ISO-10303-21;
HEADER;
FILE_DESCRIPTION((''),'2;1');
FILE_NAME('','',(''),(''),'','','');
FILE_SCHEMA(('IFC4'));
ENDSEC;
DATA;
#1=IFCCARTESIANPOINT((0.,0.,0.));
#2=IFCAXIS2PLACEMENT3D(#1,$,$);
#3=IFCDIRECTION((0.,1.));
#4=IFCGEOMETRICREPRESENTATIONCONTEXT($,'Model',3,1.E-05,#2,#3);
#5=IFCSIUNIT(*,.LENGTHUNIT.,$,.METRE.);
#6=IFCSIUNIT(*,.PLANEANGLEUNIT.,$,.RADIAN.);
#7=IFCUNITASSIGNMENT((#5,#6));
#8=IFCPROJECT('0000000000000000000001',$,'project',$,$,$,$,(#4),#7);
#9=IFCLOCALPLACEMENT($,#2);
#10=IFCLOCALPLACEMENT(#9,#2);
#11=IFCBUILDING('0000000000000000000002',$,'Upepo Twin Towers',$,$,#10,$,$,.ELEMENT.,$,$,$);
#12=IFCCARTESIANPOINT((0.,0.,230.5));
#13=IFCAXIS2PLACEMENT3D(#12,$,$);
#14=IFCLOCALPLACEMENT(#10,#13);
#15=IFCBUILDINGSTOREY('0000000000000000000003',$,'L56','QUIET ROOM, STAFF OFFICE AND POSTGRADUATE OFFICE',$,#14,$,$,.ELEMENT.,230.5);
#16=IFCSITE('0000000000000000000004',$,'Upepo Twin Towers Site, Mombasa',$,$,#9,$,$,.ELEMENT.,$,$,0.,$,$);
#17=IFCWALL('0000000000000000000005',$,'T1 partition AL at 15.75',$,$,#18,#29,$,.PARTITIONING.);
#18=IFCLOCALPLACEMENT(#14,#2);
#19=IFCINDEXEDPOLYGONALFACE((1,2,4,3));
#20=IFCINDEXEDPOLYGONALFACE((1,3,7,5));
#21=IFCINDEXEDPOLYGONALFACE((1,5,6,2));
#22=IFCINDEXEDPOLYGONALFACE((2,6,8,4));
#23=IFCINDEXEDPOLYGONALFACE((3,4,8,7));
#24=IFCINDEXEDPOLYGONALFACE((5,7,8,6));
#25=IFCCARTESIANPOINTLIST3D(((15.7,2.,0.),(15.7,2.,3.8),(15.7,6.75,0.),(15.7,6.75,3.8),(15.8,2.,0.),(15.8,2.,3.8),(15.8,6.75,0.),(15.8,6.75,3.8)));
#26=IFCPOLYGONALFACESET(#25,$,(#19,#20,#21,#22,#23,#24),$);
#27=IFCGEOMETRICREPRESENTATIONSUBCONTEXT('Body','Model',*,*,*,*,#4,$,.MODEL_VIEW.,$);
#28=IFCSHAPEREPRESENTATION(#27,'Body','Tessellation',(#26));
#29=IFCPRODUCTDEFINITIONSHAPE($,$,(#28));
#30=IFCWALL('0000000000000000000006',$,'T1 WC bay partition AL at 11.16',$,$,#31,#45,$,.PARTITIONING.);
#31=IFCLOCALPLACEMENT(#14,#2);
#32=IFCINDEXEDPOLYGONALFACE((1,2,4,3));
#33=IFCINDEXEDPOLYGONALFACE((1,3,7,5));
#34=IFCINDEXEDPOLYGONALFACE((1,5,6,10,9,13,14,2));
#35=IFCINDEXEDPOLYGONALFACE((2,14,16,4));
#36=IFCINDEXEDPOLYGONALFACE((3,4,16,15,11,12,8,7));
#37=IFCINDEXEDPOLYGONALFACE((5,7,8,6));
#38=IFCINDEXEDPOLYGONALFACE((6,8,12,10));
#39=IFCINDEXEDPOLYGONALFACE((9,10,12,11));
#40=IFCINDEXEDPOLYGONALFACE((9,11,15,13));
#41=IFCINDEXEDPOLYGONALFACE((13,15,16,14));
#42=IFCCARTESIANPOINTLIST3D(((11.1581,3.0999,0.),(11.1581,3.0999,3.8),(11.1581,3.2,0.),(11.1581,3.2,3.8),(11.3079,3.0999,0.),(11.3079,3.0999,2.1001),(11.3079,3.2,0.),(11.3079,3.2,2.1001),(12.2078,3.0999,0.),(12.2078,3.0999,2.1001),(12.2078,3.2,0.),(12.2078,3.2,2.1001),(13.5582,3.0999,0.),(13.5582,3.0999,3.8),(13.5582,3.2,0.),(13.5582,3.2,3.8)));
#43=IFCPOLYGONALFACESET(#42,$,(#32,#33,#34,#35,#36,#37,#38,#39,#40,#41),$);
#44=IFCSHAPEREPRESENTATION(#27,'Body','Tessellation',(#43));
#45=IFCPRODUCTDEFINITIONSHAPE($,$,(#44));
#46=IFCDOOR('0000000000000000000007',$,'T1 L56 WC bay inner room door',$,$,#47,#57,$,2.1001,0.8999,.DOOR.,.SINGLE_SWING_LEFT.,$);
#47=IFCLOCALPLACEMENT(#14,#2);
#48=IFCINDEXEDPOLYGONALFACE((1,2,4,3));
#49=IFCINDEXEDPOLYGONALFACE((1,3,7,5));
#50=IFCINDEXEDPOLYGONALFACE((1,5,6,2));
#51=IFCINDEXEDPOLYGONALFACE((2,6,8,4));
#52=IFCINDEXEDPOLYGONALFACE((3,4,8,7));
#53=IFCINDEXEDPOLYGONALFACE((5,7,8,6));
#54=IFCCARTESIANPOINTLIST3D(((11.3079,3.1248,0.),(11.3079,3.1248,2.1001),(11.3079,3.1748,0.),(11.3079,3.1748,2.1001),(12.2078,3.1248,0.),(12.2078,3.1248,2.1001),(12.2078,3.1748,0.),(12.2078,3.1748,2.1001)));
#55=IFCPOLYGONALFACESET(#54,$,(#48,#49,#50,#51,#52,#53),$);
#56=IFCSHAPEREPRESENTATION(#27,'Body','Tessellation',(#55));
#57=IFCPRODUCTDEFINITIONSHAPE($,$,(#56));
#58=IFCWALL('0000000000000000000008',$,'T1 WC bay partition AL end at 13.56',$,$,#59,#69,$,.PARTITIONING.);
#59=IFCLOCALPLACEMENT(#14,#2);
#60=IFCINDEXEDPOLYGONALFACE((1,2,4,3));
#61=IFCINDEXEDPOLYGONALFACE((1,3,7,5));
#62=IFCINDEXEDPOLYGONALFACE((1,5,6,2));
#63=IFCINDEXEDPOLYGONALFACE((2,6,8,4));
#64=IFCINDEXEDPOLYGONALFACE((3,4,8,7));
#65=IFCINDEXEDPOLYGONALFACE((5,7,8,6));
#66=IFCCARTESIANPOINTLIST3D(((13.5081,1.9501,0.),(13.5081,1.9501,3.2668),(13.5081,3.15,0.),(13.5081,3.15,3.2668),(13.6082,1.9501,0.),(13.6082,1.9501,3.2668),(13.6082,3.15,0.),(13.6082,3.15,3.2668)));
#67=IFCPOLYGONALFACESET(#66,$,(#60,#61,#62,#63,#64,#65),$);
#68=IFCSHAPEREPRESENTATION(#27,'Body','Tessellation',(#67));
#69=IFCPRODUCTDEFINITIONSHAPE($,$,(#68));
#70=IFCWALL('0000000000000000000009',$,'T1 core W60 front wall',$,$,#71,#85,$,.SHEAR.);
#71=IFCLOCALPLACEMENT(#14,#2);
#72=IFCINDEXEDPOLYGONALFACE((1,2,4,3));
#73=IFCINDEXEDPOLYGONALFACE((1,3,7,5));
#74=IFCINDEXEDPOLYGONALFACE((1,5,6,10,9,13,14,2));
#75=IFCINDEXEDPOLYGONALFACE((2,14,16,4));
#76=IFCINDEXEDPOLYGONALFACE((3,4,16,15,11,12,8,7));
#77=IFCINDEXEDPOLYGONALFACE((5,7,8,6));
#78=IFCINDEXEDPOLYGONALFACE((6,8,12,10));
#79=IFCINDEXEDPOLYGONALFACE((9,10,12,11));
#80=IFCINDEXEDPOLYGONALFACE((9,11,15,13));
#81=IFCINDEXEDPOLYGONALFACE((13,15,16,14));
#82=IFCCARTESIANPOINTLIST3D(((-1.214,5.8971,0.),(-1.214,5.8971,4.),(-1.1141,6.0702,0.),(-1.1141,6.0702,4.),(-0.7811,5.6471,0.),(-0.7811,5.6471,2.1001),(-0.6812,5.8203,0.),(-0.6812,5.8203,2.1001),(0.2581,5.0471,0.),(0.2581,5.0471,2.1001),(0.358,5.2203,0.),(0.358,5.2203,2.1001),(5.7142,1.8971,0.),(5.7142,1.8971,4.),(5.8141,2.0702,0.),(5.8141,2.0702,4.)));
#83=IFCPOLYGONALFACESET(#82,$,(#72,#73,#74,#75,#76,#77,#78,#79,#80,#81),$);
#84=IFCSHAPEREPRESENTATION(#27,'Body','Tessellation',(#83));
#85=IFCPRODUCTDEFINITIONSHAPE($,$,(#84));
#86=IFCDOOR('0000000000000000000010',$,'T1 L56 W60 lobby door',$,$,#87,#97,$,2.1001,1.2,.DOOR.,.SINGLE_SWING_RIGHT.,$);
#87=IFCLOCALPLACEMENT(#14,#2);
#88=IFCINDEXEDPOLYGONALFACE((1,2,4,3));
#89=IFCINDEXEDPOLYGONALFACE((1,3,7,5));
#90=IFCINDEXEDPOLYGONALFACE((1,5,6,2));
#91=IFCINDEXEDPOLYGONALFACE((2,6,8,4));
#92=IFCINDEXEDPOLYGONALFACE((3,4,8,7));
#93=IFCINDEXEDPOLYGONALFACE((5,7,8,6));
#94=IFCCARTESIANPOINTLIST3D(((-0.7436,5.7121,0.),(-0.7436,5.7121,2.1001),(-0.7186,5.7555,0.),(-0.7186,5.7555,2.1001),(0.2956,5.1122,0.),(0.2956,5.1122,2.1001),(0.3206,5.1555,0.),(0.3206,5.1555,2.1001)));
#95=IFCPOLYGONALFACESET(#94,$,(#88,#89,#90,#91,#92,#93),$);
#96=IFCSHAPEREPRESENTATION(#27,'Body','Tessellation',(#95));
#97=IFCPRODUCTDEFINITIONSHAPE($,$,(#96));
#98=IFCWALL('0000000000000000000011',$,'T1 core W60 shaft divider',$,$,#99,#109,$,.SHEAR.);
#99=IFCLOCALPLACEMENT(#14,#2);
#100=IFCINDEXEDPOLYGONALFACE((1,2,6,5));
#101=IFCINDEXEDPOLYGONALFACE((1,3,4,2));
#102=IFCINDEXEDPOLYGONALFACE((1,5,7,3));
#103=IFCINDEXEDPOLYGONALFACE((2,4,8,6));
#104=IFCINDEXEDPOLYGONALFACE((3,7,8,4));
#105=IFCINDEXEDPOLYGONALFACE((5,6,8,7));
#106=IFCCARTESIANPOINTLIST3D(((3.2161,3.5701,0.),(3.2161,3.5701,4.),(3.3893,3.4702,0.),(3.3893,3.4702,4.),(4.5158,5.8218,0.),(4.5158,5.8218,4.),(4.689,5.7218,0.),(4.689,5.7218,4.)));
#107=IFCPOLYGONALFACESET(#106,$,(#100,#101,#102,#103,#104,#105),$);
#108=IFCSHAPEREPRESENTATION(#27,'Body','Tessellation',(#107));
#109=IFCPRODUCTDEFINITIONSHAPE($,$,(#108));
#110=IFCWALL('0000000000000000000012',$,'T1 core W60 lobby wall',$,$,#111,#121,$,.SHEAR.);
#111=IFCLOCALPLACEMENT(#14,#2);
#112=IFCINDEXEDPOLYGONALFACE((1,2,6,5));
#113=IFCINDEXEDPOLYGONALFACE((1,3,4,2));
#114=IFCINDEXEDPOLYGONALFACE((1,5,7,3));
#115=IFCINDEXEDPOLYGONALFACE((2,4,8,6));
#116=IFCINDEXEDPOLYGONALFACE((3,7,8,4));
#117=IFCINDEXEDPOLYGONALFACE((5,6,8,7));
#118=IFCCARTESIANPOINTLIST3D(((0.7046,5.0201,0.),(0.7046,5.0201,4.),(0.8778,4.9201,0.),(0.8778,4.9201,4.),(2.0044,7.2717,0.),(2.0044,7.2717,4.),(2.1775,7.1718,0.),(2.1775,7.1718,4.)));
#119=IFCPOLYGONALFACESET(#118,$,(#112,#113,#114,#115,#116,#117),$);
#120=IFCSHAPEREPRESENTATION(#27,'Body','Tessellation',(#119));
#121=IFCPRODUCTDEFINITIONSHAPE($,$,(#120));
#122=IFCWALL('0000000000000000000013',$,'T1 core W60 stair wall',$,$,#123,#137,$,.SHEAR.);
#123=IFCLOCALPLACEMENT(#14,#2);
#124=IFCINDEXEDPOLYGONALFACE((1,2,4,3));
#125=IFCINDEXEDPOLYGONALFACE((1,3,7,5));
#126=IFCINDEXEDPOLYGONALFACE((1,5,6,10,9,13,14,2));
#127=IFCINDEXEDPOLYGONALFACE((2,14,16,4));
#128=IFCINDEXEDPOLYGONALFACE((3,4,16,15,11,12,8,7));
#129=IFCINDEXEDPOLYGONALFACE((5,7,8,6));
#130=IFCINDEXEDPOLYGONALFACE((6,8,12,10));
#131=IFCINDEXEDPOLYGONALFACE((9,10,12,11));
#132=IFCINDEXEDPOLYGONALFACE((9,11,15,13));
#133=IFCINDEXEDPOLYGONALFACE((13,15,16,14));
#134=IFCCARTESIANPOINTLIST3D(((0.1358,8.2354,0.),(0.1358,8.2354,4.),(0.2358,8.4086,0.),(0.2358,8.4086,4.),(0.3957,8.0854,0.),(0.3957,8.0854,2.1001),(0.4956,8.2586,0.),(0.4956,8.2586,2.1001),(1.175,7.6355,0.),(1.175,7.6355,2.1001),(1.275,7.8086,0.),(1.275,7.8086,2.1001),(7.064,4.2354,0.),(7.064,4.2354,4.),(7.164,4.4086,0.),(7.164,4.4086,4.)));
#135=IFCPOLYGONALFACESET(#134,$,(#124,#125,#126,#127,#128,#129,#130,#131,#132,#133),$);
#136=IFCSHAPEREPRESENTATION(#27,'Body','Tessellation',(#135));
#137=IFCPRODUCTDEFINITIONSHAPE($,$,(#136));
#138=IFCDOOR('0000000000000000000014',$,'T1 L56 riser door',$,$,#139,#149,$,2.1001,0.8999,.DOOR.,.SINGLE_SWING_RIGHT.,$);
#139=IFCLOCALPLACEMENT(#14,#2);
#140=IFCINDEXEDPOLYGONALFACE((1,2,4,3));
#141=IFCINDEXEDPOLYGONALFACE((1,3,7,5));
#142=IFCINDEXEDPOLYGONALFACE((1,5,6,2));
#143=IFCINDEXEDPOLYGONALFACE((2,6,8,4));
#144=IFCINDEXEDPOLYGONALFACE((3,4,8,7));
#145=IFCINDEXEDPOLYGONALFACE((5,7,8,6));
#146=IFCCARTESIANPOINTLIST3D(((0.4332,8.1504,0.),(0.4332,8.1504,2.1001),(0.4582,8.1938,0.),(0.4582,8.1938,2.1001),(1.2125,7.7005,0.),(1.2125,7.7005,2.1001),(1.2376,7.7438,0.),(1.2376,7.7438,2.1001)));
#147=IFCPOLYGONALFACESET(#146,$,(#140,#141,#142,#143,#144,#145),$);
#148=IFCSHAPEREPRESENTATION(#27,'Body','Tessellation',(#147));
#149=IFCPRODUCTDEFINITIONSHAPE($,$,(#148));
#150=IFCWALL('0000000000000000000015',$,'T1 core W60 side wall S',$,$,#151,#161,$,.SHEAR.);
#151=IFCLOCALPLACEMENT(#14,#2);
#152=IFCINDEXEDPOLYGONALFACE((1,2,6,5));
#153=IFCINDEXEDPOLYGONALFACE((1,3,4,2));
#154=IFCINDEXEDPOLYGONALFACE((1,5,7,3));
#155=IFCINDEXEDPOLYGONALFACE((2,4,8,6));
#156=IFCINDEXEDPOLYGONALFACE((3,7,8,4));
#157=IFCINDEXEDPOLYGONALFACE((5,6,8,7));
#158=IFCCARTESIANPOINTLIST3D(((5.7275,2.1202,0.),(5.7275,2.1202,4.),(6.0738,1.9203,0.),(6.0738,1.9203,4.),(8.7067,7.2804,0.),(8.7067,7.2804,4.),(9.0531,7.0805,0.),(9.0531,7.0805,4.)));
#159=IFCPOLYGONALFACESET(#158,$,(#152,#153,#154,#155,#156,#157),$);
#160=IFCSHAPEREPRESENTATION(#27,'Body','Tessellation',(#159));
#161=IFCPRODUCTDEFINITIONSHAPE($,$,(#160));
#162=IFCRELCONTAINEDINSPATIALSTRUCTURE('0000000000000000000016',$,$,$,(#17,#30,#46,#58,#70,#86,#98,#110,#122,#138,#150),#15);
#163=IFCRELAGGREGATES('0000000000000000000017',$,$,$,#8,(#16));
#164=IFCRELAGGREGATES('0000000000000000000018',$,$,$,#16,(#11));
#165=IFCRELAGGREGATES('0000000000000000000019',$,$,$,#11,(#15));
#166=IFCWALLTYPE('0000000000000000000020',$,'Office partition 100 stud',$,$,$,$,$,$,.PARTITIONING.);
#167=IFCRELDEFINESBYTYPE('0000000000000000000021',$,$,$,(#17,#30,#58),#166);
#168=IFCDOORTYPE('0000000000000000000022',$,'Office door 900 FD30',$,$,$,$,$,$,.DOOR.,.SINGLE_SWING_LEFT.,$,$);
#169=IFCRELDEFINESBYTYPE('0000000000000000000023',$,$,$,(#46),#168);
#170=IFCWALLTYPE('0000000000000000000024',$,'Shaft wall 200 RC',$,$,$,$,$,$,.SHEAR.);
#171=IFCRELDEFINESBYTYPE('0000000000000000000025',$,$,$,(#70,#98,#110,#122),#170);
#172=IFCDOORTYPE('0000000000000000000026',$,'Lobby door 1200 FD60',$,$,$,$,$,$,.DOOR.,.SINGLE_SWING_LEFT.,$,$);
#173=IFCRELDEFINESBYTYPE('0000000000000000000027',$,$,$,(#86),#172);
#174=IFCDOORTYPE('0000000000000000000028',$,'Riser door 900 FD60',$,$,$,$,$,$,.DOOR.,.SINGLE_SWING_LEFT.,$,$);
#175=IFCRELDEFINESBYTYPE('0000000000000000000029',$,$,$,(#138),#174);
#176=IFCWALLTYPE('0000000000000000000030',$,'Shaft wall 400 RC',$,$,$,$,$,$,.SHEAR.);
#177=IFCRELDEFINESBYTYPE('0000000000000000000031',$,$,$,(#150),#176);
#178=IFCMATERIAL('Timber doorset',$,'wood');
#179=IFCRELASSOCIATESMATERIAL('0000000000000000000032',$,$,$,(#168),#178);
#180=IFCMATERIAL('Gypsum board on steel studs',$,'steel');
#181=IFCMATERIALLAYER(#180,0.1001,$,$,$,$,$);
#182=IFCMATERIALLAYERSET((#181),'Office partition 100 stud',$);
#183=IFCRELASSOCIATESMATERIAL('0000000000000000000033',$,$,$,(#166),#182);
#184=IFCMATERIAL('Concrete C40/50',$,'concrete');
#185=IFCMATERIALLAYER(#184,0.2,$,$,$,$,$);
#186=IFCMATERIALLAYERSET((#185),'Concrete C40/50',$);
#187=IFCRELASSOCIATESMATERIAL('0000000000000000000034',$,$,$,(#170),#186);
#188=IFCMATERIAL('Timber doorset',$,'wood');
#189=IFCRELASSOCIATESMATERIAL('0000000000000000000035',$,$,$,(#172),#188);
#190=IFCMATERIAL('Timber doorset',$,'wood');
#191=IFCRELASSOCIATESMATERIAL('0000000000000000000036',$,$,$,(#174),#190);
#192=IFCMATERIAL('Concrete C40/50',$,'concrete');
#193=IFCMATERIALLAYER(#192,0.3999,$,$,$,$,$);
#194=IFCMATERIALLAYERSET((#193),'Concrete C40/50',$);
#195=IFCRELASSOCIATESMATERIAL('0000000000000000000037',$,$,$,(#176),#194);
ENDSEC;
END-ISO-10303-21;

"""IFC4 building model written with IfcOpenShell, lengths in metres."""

from ifc_helpers import new_model, si_unit, direction, frame, frame_2d, origin, place, context, subcontext, project, spatial, rectangle, extrude, material, layer, layer_set, type_object, element, fill, save


model = new_model("IFC4")

# Units and contexts
model_context = context("Model", 3, precision=1e-05, world=origin(), true_north=direction((0.0, 1.0)))
body_context = subcontext(model_context, "Body", "Model", "MODEL_VIEW")
ifc_project = project(units=[si_unit("LENGTHUNIT", "METRE"), si_unit("PLANEANGLEUNIT", "RADIAN")], contexts=[model_context])

# Site, building, storey
site_placement = place(None, origin())
site = spatial("IfcSite", under=ifc_project, at=site_placement, Name="Upepo Twin Towers Site, Mombasa", CompositionType="ELEMENT", RefElevation=0.0)
building_placement = place(site_placement, origin())
building = spatial("IfcBuilding", under=site, at=building_placement, Name="Upepo Twin Towers", CompositionType="ELEMENT")
storey_placement = place(building_placement, frame((0.0, 0.0, 230.5)))
storey = spatial("IfcBuildingStorey", under=building, at=storey_placement, Name="L56", Description="QUIET ROOM, STAFF OFFICE AND POSTGRADUATE OFFICE", CompositionType="ELEMENT", Elevation=230.5)

# Shared definitions
ifc_material_1 = material(Name="Timber doorset", Category="wood")
door_type_1 = type_object("IfcDoorType", Name="Office door 900 FD30", OperationType="SINGLE_SWING_LEFT", PredefinedType="DOOR", material=ifc_material_1)

# Wall
ifc_material_2 = material(Name="Gypsum board on steel studs", Category="steel")
ifc_layer_1 = layer(ifc_material_2, 0.1001)
ifc_layer_set_1 = layer_set([ifc_layer_1], Name="Office partition 100 stud")
wall_type_1 = type_object("IfcWallType", Name="Office partition 100 stud", PredefinedType="PARTITIONING", material=ifc_layer_set_1)
wall_1_placement = place(storey_placement, frame((15.75, 2.0, 0.0), z_axis=(0.0, 0.0, 1.0), x_axis=(0.0, 1.0, 0.0)))
element("IfcWall", 1, at=wall_1_placement, inside=storey, type_object=wall_type_1, Name="T1 partition AL at 15.75", PredefinedType="PARTITIONING", context=body_context, shape_type="SweptSolid", body=[
    extrude(rectangle(XDim=4.75, YDim=0.1001, at=frame_2d((2.375, 0.0))), origin(), (0.0, 0.0, 1.0), 3.8),
])

# Wall, opening, door
wall_2_placement = place(storey_placement, frame((11.158, 3.1499, 0.0), z_axis=(0.0, 0.0, 1.0), x_axis=(1.0, 0.0, 0.0)))
wall_2 = element("IfcWall", 2, at=wall_2_placement, inside=storey, type_object=wall_type_1, Name="T1 WC bay partition AL at 11.16", PredefinedType="PARTITIONING", context=body_context, shape_type="SweptSolid", body=[
    extrude(rectangle(XDim=2.4001, YDim=0.1001, at=frame_2d((1.2002, 0.0))), origin(), (0.0, 0.0, 1.0), 3.8),
])
opening_1_placement = place(wall_2_placement, frame((0.1499, 0.0, 0.0)))
opening_1 = element("IfcOpeningElement", 3, at=opening_1_placement, cuts=wall_2, PredefinedType="OPENING", context=body_context, shape_type="SweptSolid", body=[
    extrude(rectangle(XDim=0.8999, YDim=2.1001, at=frame_2d((0.45, 1.05))), frame((0.0, 0.0601, 0.0), z_axis=(0.0, -1.0, 0.0), x_axis=(1.0, 0.0, 0.0)), (0.0, 0.0, 1.0), 0.1201),
])
door_1_placement = place(opening_1_placement, origin())
door_1 = element("IfcDoor", 4, at=door_1_placement, inside=storey, type_object=door_type_1, Name="T1 L56 WC bay inner room door", OperationType="SINGLE_SWING_LEFT", OverallHeight=2.1001, OverallWidth=0.8999, PredefinedType="DOOR", context=body_context, shape_type="SweptSolid", body=[
    extrude(rectangle(XDim=0.8999, YDim=2.1001, at=frame_2d((0.45, 1.05))), frame((0.0, 0.0249, 0.0), z_axis=(0.0, -1.0, 0.0), x_axis=(1.0, 0.0, 0.0)), (0.0, 0.0, 1.0), 0.05),
])
fill(opening_1, door_1)

# Wall
wall_3_placement = place(storey_placement, frame((13.5581, 1.95, 0.0), z_axis=(0.0, 0.0, 1.0), x_axis=(0.0, 1.0, 0.0)))
element("IfcWall", 5, at=wall_3_placement, inside=storey, type_object=wall_type_1, Name="T1 WC bay partition AL end at 13.56", PredefinedType="PARTITIONING", context=body_context, shape_type="SweptSolid", body=[
    extrude(rectangle(XDim=1.2, YDim=0.1001, at=frame_2d((0.6001, 0.0))), origin(), (0.0, 0.0, 1.0), 3.2668),
])

# Wall, opening, door
ifc_material_3 = material(Name="Concrete C40/50", Category="concrete")
ifc_layer_2 = layer(ifc_material_3, 0.2)
ifc_layer_set_2 = layer_set([ifc_layer_2], Name="Concrete C40/50")
wall_type_2 = type_object("IfcWallType", Name="Shaft wall 200 RC", PredefinedType="SHEAR", material=ifc_layer_set_2)
wall_4_placement = place(storey_placement, frame((5.7642, 1.9836, 0.0), z_axis=(0.0, 0.0, 1.0), x_axis=(-0.866026, 0.499999, 0.0)))
wall_4 = element("IfcWall", 6, at=wall_4_placement, inside=storey, type_object=wall_type_2, Name="T1 core W60 front wall", PredefinedType="SHEAR", context=body_context, shape_type="SweptSolid", body=[
    extrude(rectangle(XDim=8.0, YDim=0.2, at=frame_2d((4.0, 0.0))), origin(), (0.0, 0.0, 1.0), 4.0),
])
opening_2_placement = place(wall_4_placement, frame((6.3, 0.0, 0.0)))
opening_2 = element("IfcOpeningElement", 7, at=opening_2_placement, cuts=wall_4, PredefinedType="OPENING", context=body_context, shape_type="SweptSolid", body=[
    extrude(rectangle(XDim=1.2, YDim=2.1001, at=frame_2d((0.6001, 1.05))), frame((0.0, 0.1099, 0.0), z_axis=(0.0, -1.0, 0.0), x_axis=(1.0, 0.0, 0.0)), (0.0, 0.0, 1.0), 0.22),
])
ifc_material_4 = material(Name="Timber doorset", Category="wood")
door_type_2 = type_object("IfcDoorType", Name="Lobby door 1200 FD60", OperationType="SINGLE_SWING_LEFT", PredefinedType="DOOR", material=ifc_material_4)
door_2_placement = place(opening_2_placement, origin())
door_2 = element("IfcDoor", 8, at=door_2_placement, inside=storey, type_object=door_type_2, Name="T1 L56 W60 lobby door", OperationType="SINGLE_SWING_RIGHT", OverallHeight=2.1001, OverallWidth=1.2, PredefinedType="DOOR", context=body_context, shape_type="SweptSolid", body=[
    extrude(rectangle(XDim=1.2, YDim=2.1001, at=frame_2d((0.6001, 1.05))), frame((0.0, 0.0249, 0.0), z_axis=(0.0, -1.0, 0.0), x_axis=(1.0, 0.0, 0.0)), (0.0, 0.0, 1.0), 0.05),
])
fill(opening_2, door_2)

# Walls
for number, where, z_axis, x_axis, name in (
    (9, (3.3027, 3.5203, 0.0), (0.0, 0.0, 1.0), (0.499937, 0.866062, 0.0), "T1 core W60 shaft divider"),
    (10, (0.7913, 4.9702, 0.0), (0.0, 0.0, 1.0), (0.499937, 0.866062, 0.0), "T1 core W60 lobby wall"),
):
    element("IfcWall", number, at=place(storey_placement, frame(where, z_axis=z_axis, x_axis=x_axis)), inside=storey, type_object=wall_type_2, Name=name, PredefinedType="SHEAR", context=body_context, shape_type="SweptSolid", body=[
        extrude(rectangle(XDim=2.5999, YDim=0.2, at=frame_2d((1.2998, 0.0))), origin(), (0.0, 0.0, 1.0), 4.0),
    ])

# Wall, opening, door
wall_5_placement = place(storey_placement, frame((7.114, 4.322, 0.0), z_axis=(0.0, 0.0, 1.0), x_axis=(-0.866026, 0.499999, 0.0)))
wall_5 = element("IfcWall", 11, at=wall_5_placement, inside=storey, type_object=wall_type_2, Name="T1 core W60 stair wall", PredefinedType="SHEAR", context=body_context, shape_type="SweptSolid", body=[
    extrude(rectangle(XDim=8.0, YDim=0.2, at=frame_2d((4.0, 0.0))), origin(), (0.0, 0.0, 1.0), 4.0),
])
opening_3_placement = place(wall_5_placement, frame((6.8, 0.0, 0.0)))
opening_3 = element("IfcOpeningElement", 12, at=opening_3_placement, cuts=wall_5, PredefinedType="OPENING", context=body_context, shape_type="SweptSolid", body=[
    extrude(rectangle(XDim=0.8999, YDim=2.1001, at=frame_2d((0.45, 1.05))), frame((0.0, 0.1099, 0.0), z_axis=(0.0, -1.0, 0.0), x_axis=(1.0, 0.0, 0.0)), (0.0, 0.0, 1.0), 0.22),
])
ifc_material_5 = material(Name="Timber doorset", Category="wood")
door_type_3 = type_object("IfcDoorType", Name="Riser door 900 FD60", OperationType="SINGLE_SWING_LEFT", PredefinedType="DOOR", material=ifc_material_5)
door_3_placement = place(opening_3_placement, origin())
door_3 = element("IfcDoor", 13, at=door_3_placement, inside=storey, type_object=door_type_3, Name="T1 L56 riser door", OperationType="SINGLE_SWING_RIGHT", OverallHeight=2.1001, OverallWidth=0.8999, PredefinedType="DOOR", context=body_context, shape_type="SweptSolid", body=[
    extrude(rectangle(XDim=0.8999, YDim=2.1001, at=frame_2d((0.45, 1.05))), frame((0.0, 0.0249, 0.0), z_axis=(0.0, -1.0, 0.0), x_axis=(1.0, 0.0, 0.0)), (0.0, 0.0, 1.0), 0.05),
])
fill(opening_3, door_3)

# Wall
ifc_material_6 = material(Name="Concrete C40/50", Category="concrete")
ifc_layer_3 = layer(ifc_material_6, 0.3999)
ifc_layer_set_3 = layer_set([ifc_layer_3], Name="Concrete C40/50")
wall_type_3 = type_object("IfcWallType", Name="Shaft wall 400 RC", PredefinedType="SHEAR", material=ifc_layer_set_3)
wall_6_placement = place(storey_placement, frame((5.9006, 2.0203, 0.0), z_axis=(0.0, 0.0, 1.0), x_axis=(0.500004, 0.866023, 0.0)))
element("IfcWall", 14, at=wall_6_placement, inside=storey, type_object=wall_type_3, Name="T1 core W60 side wall S", PredefinedType="SHEAR", context=body_context, shape_type="SweptSolid", body=[
    extrude(rectangle(XDim=5.9585, YDim=0.3999, at=frame_2d((2.9792, 0.0))), origin(), (0.0, 0.0, 1.0), 4.0),
])

save(model, "model.ifc")
